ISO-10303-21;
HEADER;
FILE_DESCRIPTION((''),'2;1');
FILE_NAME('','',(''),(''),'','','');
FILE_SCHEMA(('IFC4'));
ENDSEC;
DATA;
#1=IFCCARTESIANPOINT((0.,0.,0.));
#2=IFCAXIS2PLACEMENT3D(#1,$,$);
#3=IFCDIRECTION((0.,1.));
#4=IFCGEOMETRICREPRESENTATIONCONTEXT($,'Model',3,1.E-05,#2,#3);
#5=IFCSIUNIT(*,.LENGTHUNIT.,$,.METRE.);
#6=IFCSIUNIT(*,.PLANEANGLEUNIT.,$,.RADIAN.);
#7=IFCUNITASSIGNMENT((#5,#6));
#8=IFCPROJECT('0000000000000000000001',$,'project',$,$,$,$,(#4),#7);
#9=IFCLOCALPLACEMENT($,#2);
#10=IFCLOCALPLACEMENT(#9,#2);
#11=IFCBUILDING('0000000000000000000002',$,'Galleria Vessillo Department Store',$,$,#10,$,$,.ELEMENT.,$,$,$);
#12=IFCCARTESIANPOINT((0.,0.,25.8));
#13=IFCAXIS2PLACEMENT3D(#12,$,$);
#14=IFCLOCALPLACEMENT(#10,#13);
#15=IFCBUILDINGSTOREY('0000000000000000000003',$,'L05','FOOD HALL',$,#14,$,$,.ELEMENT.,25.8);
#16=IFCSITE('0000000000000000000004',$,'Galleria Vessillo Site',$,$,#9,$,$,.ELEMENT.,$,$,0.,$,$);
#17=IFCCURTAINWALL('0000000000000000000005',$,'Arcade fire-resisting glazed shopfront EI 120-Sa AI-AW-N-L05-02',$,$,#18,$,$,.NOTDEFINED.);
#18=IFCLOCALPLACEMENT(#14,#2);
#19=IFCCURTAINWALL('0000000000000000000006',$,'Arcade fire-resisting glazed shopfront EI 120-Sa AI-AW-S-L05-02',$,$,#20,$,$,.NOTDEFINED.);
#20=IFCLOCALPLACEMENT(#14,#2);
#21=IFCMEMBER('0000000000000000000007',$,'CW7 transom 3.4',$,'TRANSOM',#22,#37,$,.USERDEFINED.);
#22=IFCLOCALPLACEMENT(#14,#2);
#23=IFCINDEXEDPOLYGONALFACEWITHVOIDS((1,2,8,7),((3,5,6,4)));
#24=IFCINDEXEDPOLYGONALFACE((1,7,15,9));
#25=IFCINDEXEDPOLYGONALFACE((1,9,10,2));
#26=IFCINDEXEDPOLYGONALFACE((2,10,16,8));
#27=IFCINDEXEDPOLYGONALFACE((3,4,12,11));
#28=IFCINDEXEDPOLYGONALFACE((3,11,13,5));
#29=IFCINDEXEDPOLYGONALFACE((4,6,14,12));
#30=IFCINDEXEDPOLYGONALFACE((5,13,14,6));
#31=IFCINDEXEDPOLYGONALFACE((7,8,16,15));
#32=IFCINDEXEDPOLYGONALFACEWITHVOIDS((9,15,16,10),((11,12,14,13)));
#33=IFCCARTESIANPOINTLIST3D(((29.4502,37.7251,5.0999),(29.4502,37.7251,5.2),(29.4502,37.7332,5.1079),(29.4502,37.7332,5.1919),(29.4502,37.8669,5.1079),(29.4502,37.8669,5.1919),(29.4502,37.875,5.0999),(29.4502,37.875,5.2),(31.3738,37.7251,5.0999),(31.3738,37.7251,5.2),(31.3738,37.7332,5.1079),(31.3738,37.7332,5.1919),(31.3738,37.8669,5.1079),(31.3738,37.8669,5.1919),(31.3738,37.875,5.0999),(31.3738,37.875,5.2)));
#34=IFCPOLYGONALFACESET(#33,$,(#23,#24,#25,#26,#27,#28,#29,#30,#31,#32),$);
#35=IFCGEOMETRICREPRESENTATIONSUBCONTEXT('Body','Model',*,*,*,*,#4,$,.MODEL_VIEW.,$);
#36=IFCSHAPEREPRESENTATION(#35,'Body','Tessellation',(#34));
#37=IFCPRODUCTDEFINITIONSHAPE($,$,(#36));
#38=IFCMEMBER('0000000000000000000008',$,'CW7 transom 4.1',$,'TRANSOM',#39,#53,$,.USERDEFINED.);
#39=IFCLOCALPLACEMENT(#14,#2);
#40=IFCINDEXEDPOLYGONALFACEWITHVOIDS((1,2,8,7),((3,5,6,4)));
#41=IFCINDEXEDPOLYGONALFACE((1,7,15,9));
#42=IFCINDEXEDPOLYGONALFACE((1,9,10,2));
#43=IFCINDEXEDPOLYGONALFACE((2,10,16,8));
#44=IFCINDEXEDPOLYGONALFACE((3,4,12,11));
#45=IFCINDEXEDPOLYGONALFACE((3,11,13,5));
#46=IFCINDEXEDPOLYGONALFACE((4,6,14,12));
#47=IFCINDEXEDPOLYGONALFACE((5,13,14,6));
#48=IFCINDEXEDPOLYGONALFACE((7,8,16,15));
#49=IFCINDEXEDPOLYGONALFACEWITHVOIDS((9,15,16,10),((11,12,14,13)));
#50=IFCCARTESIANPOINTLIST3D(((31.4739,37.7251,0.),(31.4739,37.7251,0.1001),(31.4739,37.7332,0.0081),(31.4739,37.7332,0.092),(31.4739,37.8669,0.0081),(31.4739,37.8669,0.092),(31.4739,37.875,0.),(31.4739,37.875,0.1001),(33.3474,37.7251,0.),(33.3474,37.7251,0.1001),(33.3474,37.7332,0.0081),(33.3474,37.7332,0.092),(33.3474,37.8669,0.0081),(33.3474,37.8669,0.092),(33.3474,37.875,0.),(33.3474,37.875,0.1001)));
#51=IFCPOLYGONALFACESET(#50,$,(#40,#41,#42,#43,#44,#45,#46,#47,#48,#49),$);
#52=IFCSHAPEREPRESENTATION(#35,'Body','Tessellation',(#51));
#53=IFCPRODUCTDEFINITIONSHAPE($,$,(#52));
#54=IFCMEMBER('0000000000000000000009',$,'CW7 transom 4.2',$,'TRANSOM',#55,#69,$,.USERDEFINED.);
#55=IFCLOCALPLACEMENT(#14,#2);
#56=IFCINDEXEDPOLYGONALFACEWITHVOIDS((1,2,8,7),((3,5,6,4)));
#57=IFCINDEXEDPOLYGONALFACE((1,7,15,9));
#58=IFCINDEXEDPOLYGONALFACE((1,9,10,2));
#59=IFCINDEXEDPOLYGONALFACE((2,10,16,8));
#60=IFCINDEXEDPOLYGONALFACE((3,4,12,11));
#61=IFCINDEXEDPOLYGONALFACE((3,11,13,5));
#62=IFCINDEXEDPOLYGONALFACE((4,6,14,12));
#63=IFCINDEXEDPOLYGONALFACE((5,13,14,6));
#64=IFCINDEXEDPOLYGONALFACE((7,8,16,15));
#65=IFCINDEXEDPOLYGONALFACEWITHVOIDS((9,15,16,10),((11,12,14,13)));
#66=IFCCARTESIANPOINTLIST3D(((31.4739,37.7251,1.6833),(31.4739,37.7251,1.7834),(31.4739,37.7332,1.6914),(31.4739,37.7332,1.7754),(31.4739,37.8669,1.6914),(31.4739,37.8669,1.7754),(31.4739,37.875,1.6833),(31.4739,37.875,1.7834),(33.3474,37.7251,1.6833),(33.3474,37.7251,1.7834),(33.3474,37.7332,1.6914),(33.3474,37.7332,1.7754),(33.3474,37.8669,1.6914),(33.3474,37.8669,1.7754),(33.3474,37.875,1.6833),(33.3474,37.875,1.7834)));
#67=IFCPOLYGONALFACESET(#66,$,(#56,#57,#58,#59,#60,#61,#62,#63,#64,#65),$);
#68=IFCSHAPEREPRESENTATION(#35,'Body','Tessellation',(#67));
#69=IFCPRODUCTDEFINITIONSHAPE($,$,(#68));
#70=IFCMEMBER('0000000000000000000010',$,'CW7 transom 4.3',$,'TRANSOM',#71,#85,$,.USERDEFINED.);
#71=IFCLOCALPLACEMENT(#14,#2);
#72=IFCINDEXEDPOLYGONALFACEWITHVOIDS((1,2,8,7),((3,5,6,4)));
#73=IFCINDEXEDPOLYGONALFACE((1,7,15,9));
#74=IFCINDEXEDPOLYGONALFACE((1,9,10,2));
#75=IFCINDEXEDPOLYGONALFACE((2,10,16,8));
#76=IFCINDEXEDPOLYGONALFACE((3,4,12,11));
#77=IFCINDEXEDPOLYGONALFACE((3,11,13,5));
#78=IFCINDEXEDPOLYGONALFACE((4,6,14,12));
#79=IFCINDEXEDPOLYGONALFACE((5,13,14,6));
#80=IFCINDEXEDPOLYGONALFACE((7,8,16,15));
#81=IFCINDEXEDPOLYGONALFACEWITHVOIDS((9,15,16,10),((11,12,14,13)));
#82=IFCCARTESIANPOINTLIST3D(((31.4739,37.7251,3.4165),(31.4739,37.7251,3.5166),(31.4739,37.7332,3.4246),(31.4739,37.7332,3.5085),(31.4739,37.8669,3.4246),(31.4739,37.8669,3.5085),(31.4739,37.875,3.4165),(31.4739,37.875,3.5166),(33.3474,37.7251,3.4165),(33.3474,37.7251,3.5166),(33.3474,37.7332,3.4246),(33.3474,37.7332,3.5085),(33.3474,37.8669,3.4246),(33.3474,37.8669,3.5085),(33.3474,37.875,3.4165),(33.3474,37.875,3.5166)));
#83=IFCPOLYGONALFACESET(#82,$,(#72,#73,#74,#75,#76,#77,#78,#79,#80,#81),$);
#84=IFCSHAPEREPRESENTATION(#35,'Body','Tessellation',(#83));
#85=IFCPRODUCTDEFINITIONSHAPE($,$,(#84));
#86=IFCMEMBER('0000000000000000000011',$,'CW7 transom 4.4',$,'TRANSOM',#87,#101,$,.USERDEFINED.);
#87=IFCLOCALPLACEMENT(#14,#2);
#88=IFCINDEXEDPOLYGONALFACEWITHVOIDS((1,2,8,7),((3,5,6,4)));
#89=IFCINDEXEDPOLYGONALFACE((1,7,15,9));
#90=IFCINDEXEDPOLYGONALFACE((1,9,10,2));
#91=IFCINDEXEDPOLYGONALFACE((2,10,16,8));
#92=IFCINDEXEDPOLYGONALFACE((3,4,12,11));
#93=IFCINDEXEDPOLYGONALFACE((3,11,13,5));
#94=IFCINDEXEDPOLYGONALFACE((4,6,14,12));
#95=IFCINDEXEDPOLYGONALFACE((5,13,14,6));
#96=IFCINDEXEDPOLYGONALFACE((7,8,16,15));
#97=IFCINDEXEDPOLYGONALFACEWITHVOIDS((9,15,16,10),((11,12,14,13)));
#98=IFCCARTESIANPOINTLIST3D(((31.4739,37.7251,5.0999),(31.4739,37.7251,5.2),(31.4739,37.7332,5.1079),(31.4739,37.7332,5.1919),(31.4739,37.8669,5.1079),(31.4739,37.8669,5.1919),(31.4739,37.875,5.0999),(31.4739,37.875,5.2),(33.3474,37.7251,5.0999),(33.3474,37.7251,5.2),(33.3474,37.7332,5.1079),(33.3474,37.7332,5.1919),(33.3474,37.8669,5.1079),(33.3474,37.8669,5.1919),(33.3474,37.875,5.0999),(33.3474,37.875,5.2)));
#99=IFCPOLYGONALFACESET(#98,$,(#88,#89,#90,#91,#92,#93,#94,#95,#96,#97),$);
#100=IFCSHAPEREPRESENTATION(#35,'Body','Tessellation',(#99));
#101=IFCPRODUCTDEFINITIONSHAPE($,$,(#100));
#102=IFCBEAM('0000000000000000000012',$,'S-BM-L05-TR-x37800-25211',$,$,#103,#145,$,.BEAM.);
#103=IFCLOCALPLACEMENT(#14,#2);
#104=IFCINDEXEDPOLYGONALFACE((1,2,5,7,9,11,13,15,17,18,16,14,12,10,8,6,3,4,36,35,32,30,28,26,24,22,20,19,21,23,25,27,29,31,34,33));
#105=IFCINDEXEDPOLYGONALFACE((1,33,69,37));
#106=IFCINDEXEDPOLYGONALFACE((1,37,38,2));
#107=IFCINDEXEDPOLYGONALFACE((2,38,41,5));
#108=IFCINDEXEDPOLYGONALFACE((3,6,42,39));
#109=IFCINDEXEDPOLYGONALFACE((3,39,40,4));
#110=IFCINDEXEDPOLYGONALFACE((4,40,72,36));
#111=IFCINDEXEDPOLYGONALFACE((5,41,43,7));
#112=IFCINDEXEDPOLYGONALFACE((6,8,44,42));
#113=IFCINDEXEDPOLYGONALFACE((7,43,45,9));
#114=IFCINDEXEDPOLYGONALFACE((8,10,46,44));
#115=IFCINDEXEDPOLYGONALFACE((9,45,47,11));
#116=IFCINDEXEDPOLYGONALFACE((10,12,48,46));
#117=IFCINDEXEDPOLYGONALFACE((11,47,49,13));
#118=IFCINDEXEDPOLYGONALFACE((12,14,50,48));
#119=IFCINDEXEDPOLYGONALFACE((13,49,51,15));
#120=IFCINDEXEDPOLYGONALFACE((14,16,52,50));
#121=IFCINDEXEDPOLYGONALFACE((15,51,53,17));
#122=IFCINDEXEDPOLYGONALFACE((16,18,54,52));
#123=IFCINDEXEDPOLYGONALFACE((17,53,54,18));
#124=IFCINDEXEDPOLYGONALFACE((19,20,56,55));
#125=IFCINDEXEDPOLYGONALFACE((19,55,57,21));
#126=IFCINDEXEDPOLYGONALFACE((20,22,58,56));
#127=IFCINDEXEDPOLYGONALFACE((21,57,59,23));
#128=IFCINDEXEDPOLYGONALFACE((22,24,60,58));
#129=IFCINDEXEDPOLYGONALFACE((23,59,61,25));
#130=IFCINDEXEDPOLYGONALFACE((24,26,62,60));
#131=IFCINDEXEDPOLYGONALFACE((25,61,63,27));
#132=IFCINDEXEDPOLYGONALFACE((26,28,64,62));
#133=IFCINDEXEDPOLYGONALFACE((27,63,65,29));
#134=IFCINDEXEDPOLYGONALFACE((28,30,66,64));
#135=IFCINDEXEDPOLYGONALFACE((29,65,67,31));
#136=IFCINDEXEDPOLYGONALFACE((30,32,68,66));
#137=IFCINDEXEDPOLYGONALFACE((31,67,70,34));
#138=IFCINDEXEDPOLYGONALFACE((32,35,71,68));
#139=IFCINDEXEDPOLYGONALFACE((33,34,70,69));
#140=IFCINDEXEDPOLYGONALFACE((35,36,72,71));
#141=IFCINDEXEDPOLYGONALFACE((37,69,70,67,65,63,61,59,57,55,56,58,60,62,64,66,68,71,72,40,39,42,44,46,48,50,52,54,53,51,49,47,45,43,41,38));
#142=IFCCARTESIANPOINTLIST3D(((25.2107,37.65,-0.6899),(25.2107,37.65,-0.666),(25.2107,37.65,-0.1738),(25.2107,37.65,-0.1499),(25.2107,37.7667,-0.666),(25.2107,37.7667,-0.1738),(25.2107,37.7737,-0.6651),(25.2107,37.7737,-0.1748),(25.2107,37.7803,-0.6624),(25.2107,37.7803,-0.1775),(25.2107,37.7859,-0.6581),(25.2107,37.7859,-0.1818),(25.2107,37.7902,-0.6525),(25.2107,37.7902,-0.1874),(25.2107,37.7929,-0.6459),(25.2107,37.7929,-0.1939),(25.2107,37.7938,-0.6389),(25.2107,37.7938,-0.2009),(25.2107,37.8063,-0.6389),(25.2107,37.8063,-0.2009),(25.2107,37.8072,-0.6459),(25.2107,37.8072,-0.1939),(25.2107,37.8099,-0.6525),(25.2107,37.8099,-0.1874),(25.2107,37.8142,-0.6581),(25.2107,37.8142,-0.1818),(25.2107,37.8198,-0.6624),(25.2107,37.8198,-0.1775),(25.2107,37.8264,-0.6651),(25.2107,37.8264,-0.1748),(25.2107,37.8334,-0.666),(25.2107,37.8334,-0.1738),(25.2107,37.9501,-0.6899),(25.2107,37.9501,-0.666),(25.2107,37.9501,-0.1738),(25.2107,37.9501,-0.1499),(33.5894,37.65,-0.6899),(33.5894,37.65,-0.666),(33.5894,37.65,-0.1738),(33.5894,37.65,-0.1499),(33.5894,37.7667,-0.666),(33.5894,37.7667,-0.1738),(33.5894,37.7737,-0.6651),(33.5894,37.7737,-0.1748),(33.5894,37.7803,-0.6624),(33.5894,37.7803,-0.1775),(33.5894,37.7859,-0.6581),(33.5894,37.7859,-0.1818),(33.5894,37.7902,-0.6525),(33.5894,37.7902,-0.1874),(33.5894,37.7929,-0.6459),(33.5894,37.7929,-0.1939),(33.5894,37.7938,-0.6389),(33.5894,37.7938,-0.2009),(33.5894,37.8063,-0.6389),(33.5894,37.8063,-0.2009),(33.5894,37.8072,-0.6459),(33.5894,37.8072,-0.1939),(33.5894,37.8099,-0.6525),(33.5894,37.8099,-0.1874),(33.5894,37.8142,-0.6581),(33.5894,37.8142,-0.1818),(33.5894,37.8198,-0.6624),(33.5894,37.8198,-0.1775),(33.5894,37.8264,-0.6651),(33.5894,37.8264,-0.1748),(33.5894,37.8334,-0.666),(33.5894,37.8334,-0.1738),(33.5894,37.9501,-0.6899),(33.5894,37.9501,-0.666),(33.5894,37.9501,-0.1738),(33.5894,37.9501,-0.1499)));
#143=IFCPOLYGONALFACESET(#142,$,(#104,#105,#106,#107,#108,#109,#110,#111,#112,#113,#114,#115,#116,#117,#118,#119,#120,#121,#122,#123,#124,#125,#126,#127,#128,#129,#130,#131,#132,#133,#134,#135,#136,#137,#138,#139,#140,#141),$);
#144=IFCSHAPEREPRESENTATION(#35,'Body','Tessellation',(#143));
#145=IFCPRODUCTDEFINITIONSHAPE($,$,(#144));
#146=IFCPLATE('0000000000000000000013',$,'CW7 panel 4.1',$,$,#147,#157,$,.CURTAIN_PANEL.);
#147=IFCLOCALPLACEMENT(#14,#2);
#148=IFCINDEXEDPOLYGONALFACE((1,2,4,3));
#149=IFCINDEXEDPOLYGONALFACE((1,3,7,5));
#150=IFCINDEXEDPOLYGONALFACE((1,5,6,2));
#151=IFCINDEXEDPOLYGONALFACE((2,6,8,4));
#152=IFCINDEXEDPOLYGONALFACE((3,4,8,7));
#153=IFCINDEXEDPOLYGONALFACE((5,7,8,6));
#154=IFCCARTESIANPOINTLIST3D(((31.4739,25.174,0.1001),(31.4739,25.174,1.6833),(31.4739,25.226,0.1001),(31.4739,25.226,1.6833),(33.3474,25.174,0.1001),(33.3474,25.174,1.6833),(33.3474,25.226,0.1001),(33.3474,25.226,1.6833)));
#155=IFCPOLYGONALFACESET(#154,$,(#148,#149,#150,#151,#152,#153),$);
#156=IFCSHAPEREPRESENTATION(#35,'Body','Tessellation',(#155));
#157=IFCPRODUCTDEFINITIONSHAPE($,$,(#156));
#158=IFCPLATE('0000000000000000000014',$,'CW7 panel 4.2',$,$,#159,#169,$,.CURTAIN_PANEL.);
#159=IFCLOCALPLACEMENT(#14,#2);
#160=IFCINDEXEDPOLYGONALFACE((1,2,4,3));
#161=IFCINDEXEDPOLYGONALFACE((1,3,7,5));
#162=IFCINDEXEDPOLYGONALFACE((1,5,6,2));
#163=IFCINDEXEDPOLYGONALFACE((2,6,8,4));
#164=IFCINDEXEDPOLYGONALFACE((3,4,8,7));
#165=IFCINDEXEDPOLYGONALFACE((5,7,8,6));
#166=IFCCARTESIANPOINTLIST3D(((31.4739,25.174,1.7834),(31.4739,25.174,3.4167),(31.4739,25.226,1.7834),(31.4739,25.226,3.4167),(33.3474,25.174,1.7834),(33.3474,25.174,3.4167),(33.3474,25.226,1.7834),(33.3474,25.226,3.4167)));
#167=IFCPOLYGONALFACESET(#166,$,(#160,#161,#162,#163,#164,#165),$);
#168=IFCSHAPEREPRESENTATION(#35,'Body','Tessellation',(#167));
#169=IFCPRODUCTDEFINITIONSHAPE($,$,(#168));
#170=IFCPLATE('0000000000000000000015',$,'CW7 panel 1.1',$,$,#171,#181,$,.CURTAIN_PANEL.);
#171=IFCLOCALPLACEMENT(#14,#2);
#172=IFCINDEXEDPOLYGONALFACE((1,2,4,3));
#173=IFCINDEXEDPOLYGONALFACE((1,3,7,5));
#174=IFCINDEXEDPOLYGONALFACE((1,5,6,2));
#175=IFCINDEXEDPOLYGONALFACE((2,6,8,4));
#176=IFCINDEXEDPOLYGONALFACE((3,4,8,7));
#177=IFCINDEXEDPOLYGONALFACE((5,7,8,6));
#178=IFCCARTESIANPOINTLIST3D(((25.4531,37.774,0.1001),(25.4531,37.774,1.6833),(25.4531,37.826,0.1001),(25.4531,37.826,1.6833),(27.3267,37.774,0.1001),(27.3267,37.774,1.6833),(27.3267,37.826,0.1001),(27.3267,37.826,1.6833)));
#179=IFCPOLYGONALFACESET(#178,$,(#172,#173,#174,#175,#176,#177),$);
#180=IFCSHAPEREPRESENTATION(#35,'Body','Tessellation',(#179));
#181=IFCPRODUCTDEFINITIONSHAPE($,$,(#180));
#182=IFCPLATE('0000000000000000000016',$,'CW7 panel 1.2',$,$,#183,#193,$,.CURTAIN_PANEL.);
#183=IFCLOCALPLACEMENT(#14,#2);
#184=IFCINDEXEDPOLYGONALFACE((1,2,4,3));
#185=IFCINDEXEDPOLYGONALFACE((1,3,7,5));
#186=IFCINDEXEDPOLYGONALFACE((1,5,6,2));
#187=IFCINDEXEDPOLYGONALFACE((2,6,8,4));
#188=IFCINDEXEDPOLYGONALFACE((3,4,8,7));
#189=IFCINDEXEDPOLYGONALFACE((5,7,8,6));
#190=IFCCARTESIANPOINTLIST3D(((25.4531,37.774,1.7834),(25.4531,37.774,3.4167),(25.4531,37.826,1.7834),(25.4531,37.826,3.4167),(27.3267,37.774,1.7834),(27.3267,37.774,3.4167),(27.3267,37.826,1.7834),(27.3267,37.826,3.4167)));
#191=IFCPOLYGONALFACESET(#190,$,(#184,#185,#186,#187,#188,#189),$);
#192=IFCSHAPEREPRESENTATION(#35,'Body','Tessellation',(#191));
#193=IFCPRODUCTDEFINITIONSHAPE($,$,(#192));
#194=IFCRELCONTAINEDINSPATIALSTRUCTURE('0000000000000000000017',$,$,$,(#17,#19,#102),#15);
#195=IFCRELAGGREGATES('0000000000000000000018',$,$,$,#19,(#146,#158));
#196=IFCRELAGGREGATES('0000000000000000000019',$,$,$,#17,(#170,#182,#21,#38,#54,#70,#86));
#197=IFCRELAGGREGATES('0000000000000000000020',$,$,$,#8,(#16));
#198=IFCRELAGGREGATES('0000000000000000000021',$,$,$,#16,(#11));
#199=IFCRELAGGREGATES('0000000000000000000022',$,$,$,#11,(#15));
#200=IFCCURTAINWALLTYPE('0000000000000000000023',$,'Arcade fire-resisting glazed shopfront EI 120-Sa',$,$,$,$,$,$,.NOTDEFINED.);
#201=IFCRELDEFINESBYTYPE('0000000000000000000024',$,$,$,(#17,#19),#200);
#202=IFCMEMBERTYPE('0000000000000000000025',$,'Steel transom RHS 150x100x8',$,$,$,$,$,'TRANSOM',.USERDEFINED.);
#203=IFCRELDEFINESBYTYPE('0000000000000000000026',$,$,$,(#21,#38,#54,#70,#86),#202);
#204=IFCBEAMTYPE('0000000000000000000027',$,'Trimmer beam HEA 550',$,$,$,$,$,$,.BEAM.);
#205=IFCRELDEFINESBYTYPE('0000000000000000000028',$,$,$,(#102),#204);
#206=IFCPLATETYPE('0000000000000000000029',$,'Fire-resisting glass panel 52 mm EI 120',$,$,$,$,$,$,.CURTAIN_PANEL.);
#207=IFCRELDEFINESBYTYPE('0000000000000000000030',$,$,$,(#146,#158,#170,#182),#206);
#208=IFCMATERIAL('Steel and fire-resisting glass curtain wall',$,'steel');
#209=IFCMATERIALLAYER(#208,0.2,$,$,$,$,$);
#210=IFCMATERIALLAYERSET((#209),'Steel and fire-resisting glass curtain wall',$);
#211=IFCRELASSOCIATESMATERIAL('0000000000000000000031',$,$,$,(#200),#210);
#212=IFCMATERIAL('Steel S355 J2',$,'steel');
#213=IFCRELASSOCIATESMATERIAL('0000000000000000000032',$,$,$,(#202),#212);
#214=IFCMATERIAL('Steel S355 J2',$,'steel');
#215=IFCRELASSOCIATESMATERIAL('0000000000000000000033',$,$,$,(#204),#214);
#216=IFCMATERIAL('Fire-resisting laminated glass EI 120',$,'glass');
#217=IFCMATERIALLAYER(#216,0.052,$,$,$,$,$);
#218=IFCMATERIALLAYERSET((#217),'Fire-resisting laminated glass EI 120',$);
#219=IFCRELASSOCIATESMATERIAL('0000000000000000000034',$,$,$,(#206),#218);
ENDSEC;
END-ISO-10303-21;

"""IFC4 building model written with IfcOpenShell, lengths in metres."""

from ifc_helpers import new_model, si_unit, direction, frame, origin, origin_2d, place, context, subcontext, project, spatial, rectangle, hollow_rectangle, i_section, extrude, material, layer, layer_set, material_profile, profile_set, type_object, element, aggregate, save


model = new_model("IFC4")

# Units and contexts
model_context = context("Model", 3, precision=1e-05, world=origin(), true_north=direction((0.0, 1.0)))
body_context = subcontext(model_context, "Body", "Model", "MODEL_VIEW")
ifc_project = project(units=[si_unit("LENGTHUNIT", "METRE"), si_unit("PLANEANGLEUNIT", "RADIAN")], contexts=[model_context])

# Site, building, storey
site_placement = place(None, origin())
site = spatial("IfcSite", under=ifc_project, at=site_placement, Name="Galleria Vessillo Site", CompositionType="ELEMENT", RefElevation=0.0)
building_placement = place(site_placement, origin())
building = spatial("IfcBuilding", under=site, at=building_placement, Name="Galleria Vessillo Department Store", CompositionType="ELEMENT")
storey_placement = place(building_placement, frame((0.0, 0.0, 25.8)))
storey = spatial("IfcBuildingStorey", under=building, at=storey_placement, Name="L05", Description="FOOD HALL", CompositionType="ELEMENT", Elevation=25.8)

# Curtain wall
ifc_material_1 = material(Name="Steel and fire-resisting glass curtain wall", Category="steel")
ifc_layer_1 = layer(ifc_material_1, 0.2)
ifc_layer_set_1 = layer_set([ifc_layer_1], Name="Steel and fire-resisting glass curtain wall")
curtain_wall_type = type_object("IfcCurtainWallType", Name="Arcade fire-resisting glazed shopfront EI 120-Sa", PredefinedType="NOTDEFINED", material=ifc_layer_set_1)
curtain_wall_1_placement = place(storey_placement, origin())
curtain_wall_1 = element("IfcCurtainWall", 1, at=curtain_wall_1_placement, inside=storey, type_object=curtain_wall_type, Name="Arcade fire-resisting glazed shopfront EI 120-Sa AI-AW-N-L05-02", PredefinedType="NOTDEFINED")

# Curtain wall
curtain_wall_2_placement = place(storey_placement, origin())
curtain_wall_2 = element("IfcCurtainWall", 2, at=curtain_wall_2_placement, inside=storey, type_object=curtain_wall_type, Name="Arcade fire-resisting glazed shopfront EI 120-Sa AI-AW-S-L05-02", PredefinedType="NOTDEFINED")
ifc_material_2 = material(Name="Steel S355 J2", Category="steel")
ifc_material_profile_1 = material_profile(ifc_material_2, hollow_rectangle(XDim=0.1499, YDim=0.1001, WallThickness=0.0081, at=origin_2d()), Name="RHS 150x100x8")
ifc_profile_set_1 = profile_set([ifc_material_profile_1], Name="Steel S355 J2")
member_type_1 = type_object("IfcMemberType", Name="Steel transom RHS 150x100x8", ElementType="TRANSOM", PredefinedType="USERDEFINED", material=ifc_profile_set_1)

# Members
member_1_placement = place(storey_placement, frame((29.4502, 37.8, 5.1499), z_axis=(1.0, 0.0, 0.0), x_axis=(0.0, 1.0, 0.0)))
member_1 = element("IfcMember", 3, at=member_1_placement, type_object=member_type_1, Name="CW7 transom 3.4", ObjectType="TRANSOM", PredefinedType="USERDEFINED", context=body_context, shape_type="SweptSolid", body=[
    extrude(hollow_rectangle(XDim=0.1499, YDim=0.1001, WallThickness=0.0081, at=origin_2d()), origin(), (0.0, 0.0, 1.0), 1.9236),
])
member_2_placement = place(storey_placement, frame((31.4739, 37.8, 0.05), z_axis=(1.0, 0.0, 0.0), x_axis=(0.0, 1.0, 0.0)))
member_2 = element("IfcMember", 4, at=member_2_placement, type_object=member_type_1, Name="CW7 transom 4.1", ObjectType="TRANSOM", PredefinedType="USERDEFINED", context=body_context, shape_type="SweptSolid", body=[
    extrude(hollow_rectangle(XDim=0.1499, YDim=0.1001, WallThickness=0.0081, at=origin_2d()), origin(), (0.0, 0.0, 1.0), 1.8735),
])
member_3_placement = place(storey_placement, frame((31.4739, 37.8, 1.7334), z_axis=(1.0, 0.0, 0.0), x_axis=(0.0, 1.0, 0.0)))
member_3 = element("IfcMember", 5, at=member_3_placement, type_object=member_type_1, Name="CW7 transom 4.2", ObjectType="TRANSOM", PredefinedType="USERDEFINED", context=body_context, shape_type="SweptSolid", body=[
    extrude(hollow_rectangle(XDim=0.1499, YDim=0.1001, WallThickness=0.0081, at=origin_2d()), origin(), (0.0, 0.0, 1.0), 1.8735),
])
member_4_placement = place(storey_placement, frame((31.4739, 37.8, 3.4666), z_axis=(1.0, 0.0, 0.0), x_axis=(0.0, 1.0, 0.0)))
member_4 = element("IfcMember", 6, at=member_4_placement, type_object=member_type_1, Name="CW7 transom 4.3", ObjectType="TRANSOM", PredefinedType="USERDEFINED", context=body_context, shape_type="SweptSolid", body=[
    extrude(hollow_rectangle(XDim=0.1499, YDim=0.1001, WallThickness=0.0081, at=origin_2d()), origin(), (0.0, 0.0, 1.0), 1.8735),
])
member_5_placement = place(storey_placement, frame((31.4739, 37.8, 5.1499), z_axis=(1.0, 0.0, 0.0), x_axis=(0.0, 1.0, 0.0)))
member_5 = element("IfcMember", 7, at=member_5_placement, type_object=member_type_1, Name="CW7 transom 4.4", ObjectType="TRANSOM", PredefinedType="USERDEFINED", context=body_context, shape_type="SweptSolid", body=[
    extrude(hollow_rectangle(XDim=0.1499, YDim=0.1001, WallThickness=0.0081, at=origin_2d()), origin(), (0.0, 0.0, 1.0), 1.8735),
])

# Beam
ifc_material_3 = material(Name="Steel S355 J2", Category="steel")
ifc_material_profile_2 = material_profile(ifc_material_3, i_section(OverallWidth=0.3, OverallDepth=0.54, WebThickness=0.0125, FlangeThickness=0.0239, FilletRadius=0.0271, at=origin_2d()), Name="HEA 550")
ifc_profile_set_2 = profile_set([ifc_material_profile_2], Name="Steel S355 J2")
beam_type_1 = type_object("IfcBeamType", Name="Trimmer beam HEA 550", PredefinedType="BEAM", material=ifc_profile_set_2)
beam_1_placement = place(storey_placement, frame((25.2107, 37.8, -0.4199), z_axis=(1.0, 0.0, 0.0), x_axis=(0.0, 1.0, 0.0)))
element("IfcBeam", 8, at=beam_1_placement, inside=storey, type_object=beam_type_1, Name="S-BM-L05-TR-x37800-25211", PredefinedType="BEAM", context=body_context, shape_type="SweptSolid", body=[
    extrude(i_section(OverallWidth=0.3, OverallDepth=0.54, WebThickness=0.0125, FlangeThickness=0.0239, FilletRadius=0.0271, at=origin_2d()), origin(), (0.0, 0.0, 1.0), 8.3787),
])

# Plates
ifc_material_4 = material(Name="Fire-resisting laminated glass EI 120", Category="glass")
ifc_layer_2 = layer(ifc_material_4, 0.052)
ifc_layer_set_2 = layer_set([ifc_layer_2], Name="Fire-resisting laminated glass EI 120")
plate_type = type_object("IfcPlateType", Name="Fire-resisting glass panel 52 mm EI 120", PredefinedType="CURTAIN_PANEL", material=ifc_layer_set_2)
plate_1_placement = place(storey_placement, frame((32.4106, 25.2, 0.1001), z_axis=(0.0, 0.0, 1.0), x_axis=(1.0, 0.0, 0.0)))
plate_1 = element("IfcPlate", 9, at=plate_1_placement, type_object=plate_type, Name="CW7 panel 4.1", PredefinedType="CURTAIN_PANEL", context=body_context, shape_type="SweptSolid", body=[
    extrude(rectangle(XDim=1.8735, YDim=0.052, at=origin_2d()), origin(), (0.0, 0.0, 1.0), 1.5833),
])
plate_2_placement = place(storey_placement, frame((32.4106, 25.2, 1.7834), z_axis=(0.0, 0.0, 1.0), x_axis=(1.0, 0.0, 0.0)))
plate_2 = element("IfcPlate", 10, at=plate_2_placement, type_object=plate_type, Name="CW7 panel 4.2", PredefinedType="CURTAIN_PANEL", context=body_context, shape_type="SweptSolid", body=[
    extrude(rectangle(XDim=1.8735, YDim=0.052, at=origin_2d()), origin(), (0.0, 0.0, 1.0), 1.6333),
])
aggregate(curtain_wall_2, [plate_1, plate_2])
plate_3_placement = place(storey_placement, frame((26.3899, 37.8, 0.1001), z_axis=(0.0, 0.0, 1.0), x_axis=(1.0, 0.0, 0.0)))
plate_3 = element("IfcPlate", 11, at=plate_3_placement, type_object=plate_type, Name="CW7 panel 1.1", PredefinedType="CURTAIN_PANEL", context=body_context, shape_type="SweptSolid", body=[
    extrude(rectangle(XDim=1.8735, YDim=0.052, at=origin_2d()), origin(), (0.0, 0.0, 1.0), 1.5833),
])
plate_4_placement = place(storey_placement, frame((26.3899, 37.8, 1.7834), z_axis=(0.0, 0.0, 1.0), x_axis=(1.0, 0.0, 0.0)))
plate_4 = element("IfcPlate", 12, at=plate_4_placement, type_object=plate_type, Name="CW7 panel 1.2", PredefinedType="CURTAIN_PANEL", context=body_context, shape_type="SweptSolid", body=[
    extrude(rectangle(XDim=1.8735, YDim=0.052, at=origin_2d()), origin(), (0.0, 0.0, 1.0), 1.6333),
])
aggregate(curtain_wall_1, [plate_3, plate_4, member_1, member_2, member_3, member_4, member_5])

save(model, "model.ifc")
